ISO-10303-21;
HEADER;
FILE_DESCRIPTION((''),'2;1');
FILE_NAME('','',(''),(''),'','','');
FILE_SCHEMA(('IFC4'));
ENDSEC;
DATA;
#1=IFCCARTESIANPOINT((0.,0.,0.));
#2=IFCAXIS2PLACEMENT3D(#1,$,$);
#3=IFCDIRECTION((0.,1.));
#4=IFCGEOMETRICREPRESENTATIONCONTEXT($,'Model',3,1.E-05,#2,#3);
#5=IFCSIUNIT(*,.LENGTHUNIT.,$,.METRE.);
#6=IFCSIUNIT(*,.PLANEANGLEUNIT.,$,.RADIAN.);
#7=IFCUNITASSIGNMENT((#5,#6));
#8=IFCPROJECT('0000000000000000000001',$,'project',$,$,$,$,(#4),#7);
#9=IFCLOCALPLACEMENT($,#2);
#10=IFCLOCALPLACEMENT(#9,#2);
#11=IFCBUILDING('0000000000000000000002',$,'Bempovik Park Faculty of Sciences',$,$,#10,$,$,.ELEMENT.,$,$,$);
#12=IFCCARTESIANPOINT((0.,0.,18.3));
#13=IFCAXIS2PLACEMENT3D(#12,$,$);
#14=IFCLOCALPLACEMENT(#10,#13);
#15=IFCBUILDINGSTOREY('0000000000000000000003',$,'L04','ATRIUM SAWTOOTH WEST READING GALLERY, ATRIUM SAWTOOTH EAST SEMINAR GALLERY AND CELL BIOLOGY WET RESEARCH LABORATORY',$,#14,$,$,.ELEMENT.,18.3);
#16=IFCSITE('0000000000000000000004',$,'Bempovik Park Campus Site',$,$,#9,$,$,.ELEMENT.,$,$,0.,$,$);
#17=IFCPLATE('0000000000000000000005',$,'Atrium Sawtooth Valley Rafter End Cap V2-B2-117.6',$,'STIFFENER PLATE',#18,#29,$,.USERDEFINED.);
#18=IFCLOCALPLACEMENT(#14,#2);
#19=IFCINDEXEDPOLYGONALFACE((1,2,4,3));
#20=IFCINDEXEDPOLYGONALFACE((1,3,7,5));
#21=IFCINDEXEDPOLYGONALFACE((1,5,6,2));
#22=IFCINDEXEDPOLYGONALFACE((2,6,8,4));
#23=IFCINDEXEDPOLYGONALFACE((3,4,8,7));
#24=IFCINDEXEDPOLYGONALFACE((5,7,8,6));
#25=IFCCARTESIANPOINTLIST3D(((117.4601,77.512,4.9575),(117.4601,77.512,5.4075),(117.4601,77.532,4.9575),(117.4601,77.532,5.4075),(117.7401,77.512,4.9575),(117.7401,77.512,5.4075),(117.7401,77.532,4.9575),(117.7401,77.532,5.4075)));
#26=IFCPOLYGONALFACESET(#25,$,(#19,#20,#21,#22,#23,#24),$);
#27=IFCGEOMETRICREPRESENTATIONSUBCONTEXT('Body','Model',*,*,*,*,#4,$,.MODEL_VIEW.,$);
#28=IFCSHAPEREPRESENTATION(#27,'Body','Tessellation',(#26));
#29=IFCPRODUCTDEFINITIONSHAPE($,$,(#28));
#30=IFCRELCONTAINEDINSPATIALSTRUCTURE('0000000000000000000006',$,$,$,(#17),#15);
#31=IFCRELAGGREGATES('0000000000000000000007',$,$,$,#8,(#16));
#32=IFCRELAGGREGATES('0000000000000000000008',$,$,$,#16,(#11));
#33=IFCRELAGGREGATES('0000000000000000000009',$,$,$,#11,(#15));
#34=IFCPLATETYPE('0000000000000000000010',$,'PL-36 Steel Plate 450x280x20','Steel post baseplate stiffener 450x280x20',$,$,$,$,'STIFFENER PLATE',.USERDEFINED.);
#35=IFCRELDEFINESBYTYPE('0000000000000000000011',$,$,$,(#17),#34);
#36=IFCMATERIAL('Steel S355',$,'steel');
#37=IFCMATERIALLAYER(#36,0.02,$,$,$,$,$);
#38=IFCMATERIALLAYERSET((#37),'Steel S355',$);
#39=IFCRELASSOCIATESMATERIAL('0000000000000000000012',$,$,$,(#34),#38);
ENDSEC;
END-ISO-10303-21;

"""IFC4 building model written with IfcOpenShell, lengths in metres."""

from ifc_helpers import new_model, si_unit, direction, frame, origin, origin_2d, place, context, subcontext, project, spatial, rectangle, extrude, material, layer, layer_set, type_object, element, save


model = new_model("IFC4")

# Units and contexts
model_context = context("Model", 3, precision=1e-05, world=origin(), true_north=direction((0.0, 1.0)))
body_context = subcontext(model_context, "Body", "Model", "MODEL_VIEW")
ifc_project = project(units=[si_unit("LENGTHUNIT", "METRE"), si_unit("PLANEANGLEUNIT", "RADIAN")], contexts=[model_context])

# Site, building, storey
site_placement = place(None, origin())
site = spatial("IfcSite", under=ifc_project, at=site_placement, Name="Bempovik Park Campus Site", CompositionType="ELEMENT", RefElevation=0.0)
building_placement = place(site_placement, origin())
building = spatial("IfcBuilding", under=site, at=building_placement, Name="Bempovik Park Faculty of Sciences", CompositionType="ELEMENT")
storey_placement = place(building_placement, frame((0.0, 0.0, 18.3)))
storey = spatial("IfcBuildingStorey", under=building, at=storey_placement, Name="L04", Description="ATRIUM SAWTOOTH WEST READING GALLERY, ATRIUM SAWTOOTH EAST SEMINAR GALLERY AND CELL BIOLOGY WET RESEARCH LABORATORY", CompositionType="ELEMENT", Elevation=18.3)

# Shared definitions
ifc_material_1 = material(Name="Steel S355", Category="steel")

# Plate
ifc_layer_1 = layer(ifc_material_1, 0.02)
ifc_layer_set_1 = layer_set([ifc_layer_1], Name="Steel S355")
plate_type_1 = type_object("IfcPlateType", Name="PL-36 Steel Plate 450x280x20", Description="Steel post baseplate stiffener 450x280x20", ElementType="STIFFENER PLATE", PredefinedType="USERDEFINED", material=ifc_layer_set_1)
for number, where, z_axis, x_axis, name in (
    (1, (117.6001, 77.522, 4.9575), (0.0, 0.0, 1.0), (1.0, 0.0, 0.0), "Atrium Sawtooth Valley Rafter End Cap V2-B2-117.6"),
):
    element("IfcPlate", number, at=place(storey_placement, frame(where, z_axis=z_axis, x_axis=x_axis)), inside=storey, type_object=plate_type_1, Name=name, ObjectType="STIFFENER PLATE", PredefinedType="USERDEFINED", context=body_context, shape_type="SweptSolid", body=[
        extrude(rectangle(XDim=0.28, YDim=0.02, at=origin_2d()), origin(), (0.0, 0.0, 1.0), 0.45),
    ])

save(model, "model.ifc")
